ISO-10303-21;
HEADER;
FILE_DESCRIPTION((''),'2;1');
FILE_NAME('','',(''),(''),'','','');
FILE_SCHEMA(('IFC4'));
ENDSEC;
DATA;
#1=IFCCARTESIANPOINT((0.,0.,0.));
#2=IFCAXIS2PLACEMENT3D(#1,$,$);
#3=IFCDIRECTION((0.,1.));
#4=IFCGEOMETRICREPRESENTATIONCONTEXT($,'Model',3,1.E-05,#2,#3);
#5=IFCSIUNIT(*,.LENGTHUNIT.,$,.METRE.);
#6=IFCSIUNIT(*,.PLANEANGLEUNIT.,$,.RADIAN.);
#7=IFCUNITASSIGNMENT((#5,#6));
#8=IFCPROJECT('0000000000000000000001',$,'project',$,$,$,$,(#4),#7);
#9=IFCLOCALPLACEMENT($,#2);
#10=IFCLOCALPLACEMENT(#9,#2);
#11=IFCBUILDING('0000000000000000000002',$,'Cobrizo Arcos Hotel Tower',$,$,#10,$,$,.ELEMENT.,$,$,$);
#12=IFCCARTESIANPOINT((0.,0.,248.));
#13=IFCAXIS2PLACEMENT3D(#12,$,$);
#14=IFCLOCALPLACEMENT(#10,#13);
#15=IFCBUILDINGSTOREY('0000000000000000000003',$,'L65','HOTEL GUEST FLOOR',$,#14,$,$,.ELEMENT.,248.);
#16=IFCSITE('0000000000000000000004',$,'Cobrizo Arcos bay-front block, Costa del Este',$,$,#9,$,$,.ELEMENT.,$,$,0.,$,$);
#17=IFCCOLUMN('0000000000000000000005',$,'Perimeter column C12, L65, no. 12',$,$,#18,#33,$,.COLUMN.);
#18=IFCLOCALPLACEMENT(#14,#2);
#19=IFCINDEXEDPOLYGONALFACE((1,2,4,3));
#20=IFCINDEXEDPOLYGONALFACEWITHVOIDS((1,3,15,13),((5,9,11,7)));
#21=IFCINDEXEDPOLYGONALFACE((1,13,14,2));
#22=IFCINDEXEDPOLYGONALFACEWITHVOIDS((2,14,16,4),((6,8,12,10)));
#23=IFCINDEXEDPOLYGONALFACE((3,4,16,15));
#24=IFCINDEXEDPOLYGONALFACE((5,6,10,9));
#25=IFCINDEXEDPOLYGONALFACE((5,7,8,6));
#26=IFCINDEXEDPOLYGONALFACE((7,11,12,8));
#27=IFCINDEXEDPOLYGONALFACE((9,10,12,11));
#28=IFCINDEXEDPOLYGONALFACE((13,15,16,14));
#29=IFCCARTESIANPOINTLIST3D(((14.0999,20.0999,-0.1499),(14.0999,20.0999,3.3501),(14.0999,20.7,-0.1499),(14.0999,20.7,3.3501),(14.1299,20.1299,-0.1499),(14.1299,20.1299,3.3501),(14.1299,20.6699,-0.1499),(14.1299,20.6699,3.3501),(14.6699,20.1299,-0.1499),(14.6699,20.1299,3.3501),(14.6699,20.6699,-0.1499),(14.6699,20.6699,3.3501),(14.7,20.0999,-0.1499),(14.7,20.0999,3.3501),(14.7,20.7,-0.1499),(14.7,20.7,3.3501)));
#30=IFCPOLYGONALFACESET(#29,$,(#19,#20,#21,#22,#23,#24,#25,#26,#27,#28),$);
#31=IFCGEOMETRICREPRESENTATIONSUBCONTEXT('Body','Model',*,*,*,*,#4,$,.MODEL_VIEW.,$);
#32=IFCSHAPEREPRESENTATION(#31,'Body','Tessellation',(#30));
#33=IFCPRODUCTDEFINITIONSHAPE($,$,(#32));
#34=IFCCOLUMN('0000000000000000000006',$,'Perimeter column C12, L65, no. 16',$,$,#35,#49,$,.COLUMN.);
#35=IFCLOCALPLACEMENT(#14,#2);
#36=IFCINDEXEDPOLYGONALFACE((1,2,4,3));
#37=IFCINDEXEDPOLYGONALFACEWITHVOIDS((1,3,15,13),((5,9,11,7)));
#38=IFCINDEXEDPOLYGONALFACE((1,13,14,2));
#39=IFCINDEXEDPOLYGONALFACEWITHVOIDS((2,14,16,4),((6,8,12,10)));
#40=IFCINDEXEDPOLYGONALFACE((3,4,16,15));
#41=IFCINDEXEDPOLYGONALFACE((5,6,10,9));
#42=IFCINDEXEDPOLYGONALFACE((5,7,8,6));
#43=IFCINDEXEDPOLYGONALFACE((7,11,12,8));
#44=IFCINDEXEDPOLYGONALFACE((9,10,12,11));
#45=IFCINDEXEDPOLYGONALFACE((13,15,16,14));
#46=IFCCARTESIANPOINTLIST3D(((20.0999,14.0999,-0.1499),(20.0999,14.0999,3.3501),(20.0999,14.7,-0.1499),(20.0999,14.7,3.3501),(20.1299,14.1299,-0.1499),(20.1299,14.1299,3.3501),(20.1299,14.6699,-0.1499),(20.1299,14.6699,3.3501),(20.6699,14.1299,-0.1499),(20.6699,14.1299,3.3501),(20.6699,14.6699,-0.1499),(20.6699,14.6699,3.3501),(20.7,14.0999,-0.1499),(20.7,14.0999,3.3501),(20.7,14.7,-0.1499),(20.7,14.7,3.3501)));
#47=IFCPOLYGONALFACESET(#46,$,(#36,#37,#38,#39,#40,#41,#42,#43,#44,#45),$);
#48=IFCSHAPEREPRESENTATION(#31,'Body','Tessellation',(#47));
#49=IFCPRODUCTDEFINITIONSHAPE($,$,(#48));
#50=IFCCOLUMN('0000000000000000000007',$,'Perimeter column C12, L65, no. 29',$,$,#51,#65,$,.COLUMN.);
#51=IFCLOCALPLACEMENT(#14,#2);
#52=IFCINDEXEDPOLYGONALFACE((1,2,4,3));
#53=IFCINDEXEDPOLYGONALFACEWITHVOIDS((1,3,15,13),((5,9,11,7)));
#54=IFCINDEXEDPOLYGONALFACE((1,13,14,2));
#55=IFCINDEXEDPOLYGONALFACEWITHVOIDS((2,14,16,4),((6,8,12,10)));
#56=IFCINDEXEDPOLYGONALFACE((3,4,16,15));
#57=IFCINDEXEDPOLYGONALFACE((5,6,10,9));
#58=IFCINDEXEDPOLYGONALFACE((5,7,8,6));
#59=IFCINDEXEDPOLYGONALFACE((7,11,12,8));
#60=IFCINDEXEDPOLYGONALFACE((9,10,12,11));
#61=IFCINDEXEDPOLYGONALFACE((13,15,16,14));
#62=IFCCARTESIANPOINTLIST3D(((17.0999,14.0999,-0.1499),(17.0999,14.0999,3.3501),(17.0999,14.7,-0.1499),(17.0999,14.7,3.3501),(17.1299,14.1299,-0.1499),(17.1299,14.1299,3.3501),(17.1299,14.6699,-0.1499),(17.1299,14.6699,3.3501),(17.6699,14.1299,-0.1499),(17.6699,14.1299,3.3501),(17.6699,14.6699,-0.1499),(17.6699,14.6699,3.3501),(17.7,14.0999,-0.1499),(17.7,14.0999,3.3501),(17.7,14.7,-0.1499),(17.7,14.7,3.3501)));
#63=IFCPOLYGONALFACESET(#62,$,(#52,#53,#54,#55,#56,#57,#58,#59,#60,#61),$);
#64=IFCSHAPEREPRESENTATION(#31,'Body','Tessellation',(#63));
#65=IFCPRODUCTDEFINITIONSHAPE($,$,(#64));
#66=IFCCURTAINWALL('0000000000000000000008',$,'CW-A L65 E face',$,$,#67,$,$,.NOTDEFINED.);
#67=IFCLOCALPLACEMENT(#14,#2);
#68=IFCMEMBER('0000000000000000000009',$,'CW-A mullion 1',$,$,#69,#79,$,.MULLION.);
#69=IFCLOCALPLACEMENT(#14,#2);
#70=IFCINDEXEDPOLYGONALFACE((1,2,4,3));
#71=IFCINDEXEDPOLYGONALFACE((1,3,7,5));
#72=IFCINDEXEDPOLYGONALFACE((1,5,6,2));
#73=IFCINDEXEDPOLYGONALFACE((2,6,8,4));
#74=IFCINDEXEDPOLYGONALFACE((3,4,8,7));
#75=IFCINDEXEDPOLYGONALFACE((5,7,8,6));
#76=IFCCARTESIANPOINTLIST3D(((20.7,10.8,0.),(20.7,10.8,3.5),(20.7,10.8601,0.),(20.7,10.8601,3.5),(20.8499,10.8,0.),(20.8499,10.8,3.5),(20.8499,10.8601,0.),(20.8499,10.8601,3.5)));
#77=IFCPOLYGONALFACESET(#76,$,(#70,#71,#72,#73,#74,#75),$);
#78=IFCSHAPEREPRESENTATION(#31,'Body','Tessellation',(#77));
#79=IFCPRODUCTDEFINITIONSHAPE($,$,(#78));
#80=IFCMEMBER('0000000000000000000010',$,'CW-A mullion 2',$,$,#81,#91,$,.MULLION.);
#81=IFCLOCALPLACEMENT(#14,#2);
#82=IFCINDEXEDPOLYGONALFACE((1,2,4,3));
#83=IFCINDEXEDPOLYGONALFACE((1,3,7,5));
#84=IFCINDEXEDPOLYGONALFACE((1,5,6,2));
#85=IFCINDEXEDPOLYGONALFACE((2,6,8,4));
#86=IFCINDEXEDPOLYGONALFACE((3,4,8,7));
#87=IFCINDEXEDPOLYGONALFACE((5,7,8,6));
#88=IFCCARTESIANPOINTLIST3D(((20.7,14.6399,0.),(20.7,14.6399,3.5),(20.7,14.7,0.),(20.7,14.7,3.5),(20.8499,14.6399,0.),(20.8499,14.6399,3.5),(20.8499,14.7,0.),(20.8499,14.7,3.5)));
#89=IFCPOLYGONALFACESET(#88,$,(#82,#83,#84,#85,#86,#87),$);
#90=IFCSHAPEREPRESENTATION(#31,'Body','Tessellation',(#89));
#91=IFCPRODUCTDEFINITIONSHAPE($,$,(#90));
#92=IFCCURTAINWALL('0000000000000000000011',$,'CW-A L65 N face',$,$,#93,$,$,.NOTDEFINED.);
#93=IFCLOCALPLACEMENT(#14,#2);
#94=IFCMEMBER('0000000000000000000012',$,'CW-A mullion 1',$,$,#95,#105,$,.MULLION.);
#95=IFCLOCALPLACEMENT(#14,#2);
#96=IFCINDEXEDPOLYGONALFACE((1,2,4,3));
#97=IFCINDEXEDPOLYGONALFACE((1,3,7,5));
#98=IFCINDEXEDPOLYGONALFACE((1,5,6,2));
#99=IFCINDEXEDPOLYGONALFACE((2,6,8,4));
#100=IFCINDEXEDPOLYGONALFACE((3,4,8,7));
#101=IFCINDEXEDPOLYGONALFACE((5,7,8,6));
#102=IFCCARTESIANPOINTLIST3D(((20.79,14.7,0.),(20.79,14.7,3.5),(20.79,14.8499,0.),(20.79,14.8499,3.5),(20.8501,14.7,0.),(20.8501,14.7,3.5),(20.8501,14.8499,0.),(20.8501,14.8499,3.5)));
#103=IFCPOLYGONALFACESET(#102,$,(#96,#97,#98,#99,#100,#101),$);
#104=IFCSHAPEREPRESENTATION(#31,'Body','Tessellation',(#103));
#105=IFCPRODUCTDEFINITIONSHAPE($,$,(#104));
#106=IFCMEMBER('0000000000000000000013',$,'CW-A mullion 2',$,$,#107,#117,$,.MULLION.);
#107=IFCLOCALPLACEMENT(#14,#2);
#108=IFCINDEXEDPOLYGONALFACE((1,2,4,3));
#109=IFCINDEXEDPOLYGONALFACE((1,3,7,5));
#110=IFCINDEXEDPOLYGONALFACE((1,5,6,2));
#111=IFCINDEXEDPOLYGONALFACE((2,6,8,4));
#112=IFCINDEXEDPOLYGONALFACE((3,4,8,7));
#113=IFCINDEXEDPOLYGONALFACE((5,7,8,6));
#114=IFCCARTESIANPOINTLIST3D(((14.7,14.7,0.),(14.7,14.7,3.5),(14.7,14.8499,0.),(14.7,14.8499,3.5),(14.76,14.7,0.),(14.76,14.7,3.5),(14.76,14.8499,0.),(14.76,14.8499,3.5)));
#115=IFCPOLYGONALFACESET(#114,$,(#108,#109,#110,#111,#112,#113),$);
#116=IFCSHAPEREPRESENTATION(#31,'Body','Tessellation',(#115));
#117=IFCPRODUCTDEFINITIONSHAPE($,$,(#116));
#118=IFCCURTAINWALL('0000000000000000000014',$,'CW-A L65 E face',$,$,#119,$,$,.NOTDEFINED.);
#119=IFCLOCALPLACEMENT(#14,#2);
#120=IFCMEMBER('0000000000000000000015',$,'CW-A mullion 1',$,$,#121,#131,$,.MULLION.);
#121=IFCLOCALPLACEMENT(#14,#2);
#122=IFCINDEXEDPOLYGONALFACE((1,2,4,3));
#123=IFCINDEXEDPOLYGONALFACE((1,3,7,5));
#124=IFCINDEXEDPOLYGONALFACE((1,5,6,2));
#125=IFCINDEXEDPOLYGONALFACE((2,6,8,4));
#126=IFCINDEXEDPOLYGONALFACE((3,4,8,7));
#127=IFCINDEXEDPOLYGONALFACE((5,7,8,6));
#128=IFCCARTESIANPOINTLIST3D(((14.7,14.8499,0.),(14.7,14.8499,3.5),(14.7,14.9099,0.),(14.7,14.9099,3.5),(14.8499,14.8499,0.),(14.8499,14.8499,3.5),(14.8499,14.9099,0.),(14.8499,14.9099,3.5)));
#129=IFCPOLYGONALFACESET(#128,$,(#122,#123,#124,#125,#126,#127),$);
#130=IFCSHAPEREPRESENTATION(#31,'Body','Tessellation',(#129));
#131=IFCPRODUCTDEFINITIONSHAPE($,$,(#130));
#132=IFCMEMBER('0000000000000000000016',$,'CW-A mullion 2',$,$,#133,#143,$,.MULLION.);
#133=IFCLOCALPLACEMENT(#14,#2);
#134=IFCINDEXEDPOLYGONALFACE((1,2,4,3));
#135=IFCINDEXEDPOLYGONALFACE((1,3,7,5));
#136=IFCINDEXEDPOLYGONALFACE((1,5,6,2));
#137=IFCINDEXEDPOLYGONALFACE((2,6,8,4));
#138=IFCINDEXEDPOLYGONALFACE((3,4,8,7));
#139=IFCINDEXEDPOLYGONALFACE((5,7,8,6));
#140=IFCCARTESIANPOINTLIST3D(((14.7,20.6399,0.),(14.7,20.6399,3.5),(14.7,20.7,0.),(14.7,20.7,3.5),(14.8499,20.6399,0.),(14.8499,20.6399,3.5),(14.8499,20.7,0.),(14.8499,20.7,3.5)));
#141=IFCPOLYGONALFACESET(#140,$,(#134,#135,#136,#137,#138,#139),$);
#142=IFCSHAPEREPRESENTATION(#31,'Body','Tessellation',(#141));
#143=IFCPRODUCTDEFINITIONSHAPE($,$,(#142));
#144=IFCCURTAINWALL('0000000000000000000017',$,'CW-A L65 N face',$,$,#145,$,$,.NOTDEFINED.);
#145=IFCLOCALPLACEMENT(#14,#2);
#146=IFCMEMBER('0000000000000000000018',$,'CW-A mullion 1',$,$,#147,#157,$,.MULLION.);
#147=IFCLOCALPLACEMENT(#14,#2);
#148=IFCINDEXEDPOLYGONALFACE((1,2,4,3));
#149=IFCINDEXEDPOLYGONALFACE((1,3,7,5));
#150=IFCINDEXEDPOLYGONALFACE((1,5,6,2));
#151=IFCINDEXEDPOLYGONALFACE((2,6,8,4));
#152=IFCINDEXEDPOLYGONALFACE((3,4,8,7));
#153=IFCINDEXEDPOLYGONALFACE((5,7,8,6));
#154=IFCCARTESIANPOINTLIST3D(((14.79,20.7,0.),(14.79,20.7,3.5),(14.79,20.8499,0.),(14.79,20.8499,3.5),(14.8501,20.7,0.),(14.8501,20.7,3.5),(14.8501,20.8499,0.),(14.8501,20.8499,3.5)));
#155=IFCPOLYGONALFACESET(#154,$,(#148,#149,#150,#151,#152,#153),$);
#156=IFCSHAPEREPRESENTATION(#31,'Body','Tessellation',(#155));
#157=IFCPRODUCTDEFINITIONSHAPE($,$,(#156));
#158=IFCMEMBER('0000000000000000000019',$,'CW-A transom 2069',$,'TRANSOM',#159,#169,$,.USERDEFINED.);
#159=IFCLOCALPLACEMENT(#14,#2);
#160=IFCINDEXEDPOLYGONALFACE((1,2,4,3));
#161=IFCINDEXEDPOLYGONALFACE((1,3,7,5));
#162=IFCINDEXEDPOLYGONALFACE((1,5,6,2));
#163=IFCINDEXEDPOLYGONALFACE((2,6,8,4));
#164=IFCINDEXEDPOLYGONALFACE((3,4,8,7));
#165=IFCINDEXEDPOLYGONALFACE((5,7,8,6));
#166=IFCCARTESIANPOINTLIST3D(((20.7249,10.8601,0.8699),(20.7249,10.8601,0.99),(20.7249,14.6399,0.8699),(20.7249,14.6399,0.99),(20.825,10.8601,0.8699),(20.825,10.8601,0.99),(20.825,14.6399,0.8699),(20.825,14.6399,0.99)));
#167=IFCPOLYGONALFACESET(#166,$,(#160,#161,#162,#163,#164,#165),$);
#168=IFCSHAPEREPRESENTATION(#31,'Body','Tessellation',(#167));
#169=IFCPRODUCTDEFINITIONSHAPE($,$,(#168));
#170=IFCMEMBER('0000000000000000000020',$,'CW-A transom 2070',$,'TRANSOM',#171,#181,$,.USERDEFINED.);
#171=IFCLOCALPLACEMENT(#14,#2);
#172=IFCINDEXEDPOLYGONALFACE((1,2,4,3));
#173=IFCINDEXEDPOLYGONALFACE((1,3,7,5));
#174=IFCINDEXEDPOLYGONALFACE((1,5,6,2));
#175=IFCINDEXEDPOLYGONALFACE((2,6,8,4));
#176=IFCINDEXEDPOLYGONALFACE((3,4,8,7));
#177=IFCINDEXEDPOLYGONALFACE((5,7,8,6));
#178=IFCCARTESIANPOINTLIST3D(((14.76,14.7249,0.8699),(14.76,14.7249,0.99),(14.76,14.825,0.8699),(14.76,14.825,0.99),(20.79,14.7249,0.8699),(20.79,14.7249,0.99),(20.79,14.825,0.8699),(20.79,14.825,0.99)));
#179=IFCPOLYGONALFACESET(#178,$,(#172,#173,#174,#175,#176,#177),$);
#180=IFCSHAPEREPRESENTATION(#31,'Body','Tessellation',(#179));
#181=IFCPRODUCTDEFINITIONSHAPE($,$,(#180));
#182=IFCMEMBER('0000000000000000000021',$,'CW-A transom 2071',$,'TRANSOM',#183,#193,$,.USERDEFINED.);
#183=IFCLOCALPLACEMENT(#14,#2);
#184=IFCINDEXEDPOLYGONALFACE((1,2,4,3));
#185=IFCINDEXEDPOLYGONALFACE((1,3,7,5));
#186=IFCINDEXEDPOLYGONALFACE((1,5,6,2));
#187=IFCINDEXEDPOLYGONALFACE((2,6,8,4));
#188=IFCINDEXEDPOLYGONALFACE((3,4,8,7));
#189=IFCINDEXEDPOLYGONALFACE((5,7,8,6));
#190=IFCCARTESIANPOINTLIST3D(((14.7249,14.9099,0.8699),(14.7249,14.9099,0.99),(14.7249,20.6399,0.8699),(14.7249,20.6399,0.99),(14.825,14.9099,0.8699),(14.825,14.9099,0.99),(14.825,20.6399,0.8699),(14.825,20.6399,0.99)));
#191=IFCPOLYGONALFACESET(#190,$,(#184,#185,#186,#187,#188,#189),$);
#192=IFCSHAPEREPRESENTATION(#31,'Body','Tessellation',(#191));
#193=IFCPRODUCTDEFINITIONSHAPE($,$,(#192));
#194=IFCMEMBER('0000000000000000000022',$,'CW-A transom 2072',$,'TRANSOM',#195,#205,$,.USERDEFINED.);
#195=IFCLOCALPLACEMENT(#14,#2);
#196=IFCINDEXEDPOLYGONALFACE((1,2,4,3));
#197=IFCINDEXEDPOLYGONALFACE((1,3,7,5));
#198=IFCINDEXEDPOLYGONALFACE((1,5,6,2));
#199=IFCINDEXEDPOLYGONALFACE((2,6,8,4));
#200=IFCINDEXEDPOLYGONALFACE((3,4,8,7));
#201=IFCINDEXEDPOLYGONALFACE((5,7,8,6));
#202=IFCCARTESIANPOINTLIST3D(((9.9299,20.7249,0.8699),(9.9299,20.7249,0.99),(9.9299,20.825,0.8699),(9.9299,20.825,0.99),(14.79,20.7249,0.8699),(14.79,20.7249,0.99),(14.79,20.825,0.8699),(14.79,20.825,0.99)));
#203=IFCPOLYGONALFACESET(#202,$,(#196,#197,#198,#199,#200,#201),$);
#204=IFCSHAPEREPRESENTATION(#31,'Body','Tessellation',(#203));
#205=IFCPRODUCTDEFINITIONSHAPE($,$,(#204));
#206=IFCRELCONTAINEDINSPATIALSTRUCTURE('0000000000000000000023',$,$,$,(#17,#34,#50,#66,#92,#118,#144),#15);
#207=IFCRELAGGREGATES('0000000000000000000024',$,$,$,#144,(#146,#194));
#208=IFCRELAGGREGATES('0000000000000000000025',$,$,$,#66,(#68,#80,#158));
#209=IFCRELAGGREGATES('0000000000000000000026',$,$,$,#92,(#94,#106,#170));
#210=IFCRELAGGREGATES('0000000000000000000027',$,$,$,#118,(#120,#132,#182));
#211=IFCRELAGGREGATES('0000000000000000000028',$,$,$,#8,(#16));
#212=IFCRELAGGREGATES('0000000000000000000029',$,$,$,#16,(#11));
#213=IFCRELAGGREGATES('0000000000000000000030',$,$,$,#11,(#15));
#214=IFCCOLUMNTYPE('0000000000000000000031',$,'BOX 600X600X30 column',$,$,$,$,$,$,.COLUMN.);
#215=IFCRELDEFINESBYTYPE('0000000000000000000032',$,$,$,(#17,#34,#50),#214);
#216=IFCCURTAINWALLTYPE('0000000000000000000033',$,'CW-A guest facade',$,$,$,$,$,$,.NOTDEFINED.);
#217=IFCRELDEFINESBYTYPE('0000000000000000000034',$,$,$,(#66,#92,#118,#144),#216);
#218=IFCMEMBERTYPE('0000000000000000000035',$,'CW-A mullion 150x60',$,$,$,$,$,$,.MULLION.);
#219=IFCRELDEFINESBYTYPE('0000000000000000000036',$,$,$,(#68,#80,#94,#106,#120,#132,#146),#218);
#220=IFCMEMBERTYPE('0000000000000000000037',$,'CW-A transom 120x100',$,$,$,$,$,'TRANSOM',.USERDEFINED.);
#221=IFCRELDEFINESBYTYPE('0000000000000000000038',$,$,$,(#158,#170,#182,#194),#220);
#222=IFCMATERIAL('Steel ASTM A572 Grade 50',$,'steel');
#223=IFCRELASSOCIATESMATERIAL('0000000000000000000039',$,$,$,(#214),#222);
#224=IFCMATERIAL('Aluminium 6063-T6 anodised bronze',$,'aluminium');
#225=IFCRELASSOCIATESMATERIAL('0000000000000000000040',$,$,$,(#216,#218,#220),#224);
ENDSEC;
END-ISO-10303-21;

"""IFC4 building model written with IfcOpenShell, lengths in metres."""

from ifc_helpers import new_model, si_unit, direction, frame, origin, origin_2d, place, context, subcontext, project, spatial, rectangle, hollow_rectangle, extrude, material, material_profile, profile_set, type_object, element, aggregate, save


model = new_model("IFC4")

# Units and contexts
model_context = context("Model", 3, precision=1e-05, world=origin(), true_north=direction((0.0, 1.0)))
body_context = subcontext(model_context, "Body", "Model", "MODEL_VIEW")
ifc_project = project(units=[si_unit("LENGTHUNIT", "METRE"), si_unit("PLANEANGLEUNIT", "RADIAN")], contexts=[model_context])

# Site, building, storey
site_placement = place(None, origin())
site = spatial("IfcSite", under=ifc_project, at=site_placement, Name="Cobrizo Arcos bay-front block, Costa del Este", CompositionType="ELEMENT", RefElevation=0.0)
building_placement = place(site_placement, origin())
building = spatial("IfcBuilding", under=site, at=building_placement, Name="Cobrizo Arcos Hotel Tower", CompositionType="ELEMENT")
storey_placement = place(building_placement, frame((0.0, 0.0, 248.0)))
storey = spatial("IfcBuildingStorey", under=building, at=storey_placement, Name="L65", Description="HOTEL GUEST FLOOR", CompositionType="ELEMENT", Elevation=248.0)

# Columns
ifc_material_1 = material(Name="Steel ASTM A572 Grade 50", Category="steel")
ifc_material_profile_1 = material_profile(ifc_material_1, hollow_rectangle(XDim=0.6001, YDim=0.6001, WallThickness=0.03, at=origin_2d()), Name="BOX 600X600X30")
ifc_profile_set_1 = profile_set([ifc_material_profile_1], Name="Steel ASTM A572 Grade 50")
column_type = type_object("IfcColumnType", Name="BOX 600X600X30 column", PredefinedType="COLUMN", material=ifc_profile_set_1)
for number, where, z_axis, x_axis, name in (
    (1, (14.3999, 20.3999, -0.1499), (0.0, 0.0, 1.0), (1.0, 0.0, 0.0), "Perimeter column C12, L65, no. 12"),
    (2, (20.3999, 14.3999, -0.1499), (0.0, 0.0, 1.0), (1.0, 0.0, 0.0), "Perimeter column C12, L65, no. 16"),
    (3, (17.3999, 14.3999, -0.1499), (0.0, 0.0, 1.0), (1.0, 0.0, 0.0), "Perimeter column C12, L65, no. 29"),
):
    element("IfcColumn", number, at=place(storey_placement, frame(where, z_axis=z_axis, x_axis=x_axis)), inside=storey, type_object=column_type, Name=name, PredefinedType="COLUMN", context=body_context, shape_type="SweptSolid", body=[
        extrude(hollow_rectangle(XDim=0.6001, YDim=0.6001, WallThickness=0.03, at=origin_2d()), origin(), (0.0, 0.0, 1.0), 3.5),
    ])

# Curtain walls, members
ifc_material_2 = material(Name="Aluminium 6063-T6 anodised bronze", Category="aluminium")
curtain_wall_type = type_object("IfcCurtainWallType", Name="CW-A guest facade", PredefinedType="NOTDEFINED", material=ifc_material_2)
curtain_wall_1_placement = place(storey_placement, origin())
curtain_wall_1 = element("IfcCurtainWall", 4, at=curtain_wall_1_placement, inside=storey, type_object=curtain_wall_type, Name="CW-A L65 E face", PredefinedType="NOTDEFINED")
ifc_material_profile_2 = material_profile(ifc_material_2, rectangle(XDim=0.1499, YDim=0.0601, at=origin_2d()), Name="CW-A mullion 150x60")
ifc_profile_set_2 = profile_set([ifc_material_profile_2], Name="Aluminium 6063-T6 anodised bronze")
member_type_1 = type_object("IfcMemberType", Name="CW-A mullion 150x60", PredefinedType="MULLION", material=ifc_profile_set_2)
member_1_placement = place(storey_placement, frame((20.7749, 10.8301, 0.0), z_axis=(0.0, 0.0, 1.0), x_axis=(1.0, 0.0, 0.0)))
member_1 = element("IfcMember", 5, at=member_1_placement, type_object=member_type_1, Name="CW-A mullion 1", PredefinedType="MULLION", context=body_context, shape_type="SweptSolid", body=[
    extrude(rectangle(XDim=0.1499, YDim=0.0601, at=origin_2d()), origin(), (0.0, 0.0, 1.0), 3.5),
])
member_2_placement = place(storey_placement, frame((20.7749, 14.6699, 0.0), z_axis=(0.0, 0.0, 1.0), x_axis=(1.0, 0.0, 0.0)))
member_2 = element("IfcMember", 6, at=member_2_placement, type_object=member_type_1, Name="CW-A mullion 2", PredefinedType="MULLION", context=body_context, shape_type="SweptSolid", body=[
    extrude(rectangle(XDim=0.1499, YDim=0.0601, at=origin_2d()), origin(), (0.0, 0.0, 1.0), 3.5),
])
curtain_wall_2_placement = place(storey_placement, origin())
curtain_wall_2 = element("IfcCurtainWall", 7, at=curtain_wall_2_placement, inside=storey, type_object=curtain_wall_type, Name="CW-A L65 N face", PredefinedType="NOTDEFINED")
member_3_placement = place(storey_placement, frame((20.8201, 14.7749, 0.0), z_axis=(0.0, 0.0, 1.0), x_axis=(0.0, 1.0, 0.0)))
member_3 = element("IfcMember", 8, at=member_3_placement, type_object=member_type_1, Name="CW-A mullion 1", PredefinedType="MULLION", context=body_context, shape_type="SweptSolid", body=[
    extrude(rectangle(XDim=0.1499, YDim=0.0601, at=origin_2d()), origin(), (0.0, 0.0, 1.0), 3.5),
])
member_4_placement = place(storey_placement, frame((14.73, 14.7749, 0.0), z_axis=(0.0, 0.0, 1.0), x_axis=(0.0, 1.0, 0.0)))
member_4 = element("IfcMember", 9, at=member_4_placement, type_object=member_type_1, Name="CW-A mullion 2", PredefinedType="MULLION", context=body_context, shape_type="SweptSolid", body=[
    extrude(rectangle(XDim=0.1499, YDim=0.0601, at=origin_2d()), origin(), (0.0, 0.0, 1.0), 3.5),
])
curtain_wall_3_placement = place(storey_placement, origin())
curtain_wall_3 = element("IfcCurtainWall", 10, at=curtain_wall_3_placement, inside=storey, type_object=curtain_wall_type, Name="CW-A L65 E face", PredefinedType="NOTDEFINED")
member_5_placement = place(storey_placement, frame((14.7749, 14.8799, 0.0), z_axis=(0.0, 0.0, 1.0), x_axis=(1.0, 0.0, 0.0)))
member_5 = element("IfcMember", 11, at=member_5_placement, type_object=member_type_1, Name="CW-A mullion 1", PredefinedType="MULLION", context=body_context, shape_type="SweptSolid", body=[
    extrude(rectangle(XDim=0.1499, YDim=0.0601, at=origin_2d()), origin(), (0.0, 0.0, 1.0), 3.5),
])
member_6_placement = place(storey_placement, frame((14.7749, 20.6699, 0.0), z_axis=(0.0, 0.0, 1.0), x_axis=(1.0, 0.0, 0.0)))
member_6 = element("IfcMember", 12, at=member_6_placement, type_object=member_type_1, Name="CW-A mullion 2", PredefinedType="MULLION", context=body_context, shape_type="SweptSolid", body=[
    extrude(rectangle(XDim=0.1499, YDim=0.0601, at=origin_2d()), origin(), (0.0, 0.0, 1.0), 3.5),
])

# Curtain wall, member
curtain_wall_4_placement = place(storey_placement, origin())
curtain_wall_4 = element("IfcCurtainWall", 13, at=curtain_wall_4_placement, inside=storey, type_object=curtain_wall_type, Name="CW-A L65 N face", PredefinedType="NOTDEFINED")
member_7_placement = place(storey_placement, frame((14.8201, 20.7749, 0.0), z_axis=(0.0, 0.0, 1.0), x_axis=(0.0, 1.0, 0.0)))
member_7 = element("IfcMember", 14, at=member_7_placement, type_object=member_type_1, Name="CW-A mullion 1", PredefinedType="MULLION", context=body_context, shape_type="SweptSolid", body=[
    extrude(rectangle(XDim=0.1499, YDim=0.0601, at=origin_2d()), origin(), (0.0, 0.0, 1.0), 3.5),
])

# Members
ifc_material_profile_3 = material_profile(ifc_material_2, rectangle(XDim=0.1001, YDim=0.1201, at=origin_2d()), Name="CW-A transom 120x100")
ifc_profile_set_3 = profile_set([ifc_material_profile_3], Name="Aluminium 6063-T6 anodised bronze")
member_type_2 = type_object("IfcMemberType", Name="CW-A transom 120x100", ElementType="TRANSOM", PredefinedType="USERDEFINED", material=ifc_profile_set_3)
member_8_placement = place(storey_placement, frame((20.7749, 10.8601, 0.9299), z_axis=(0.0, 1.0, 0.0), x_axis=(-1.0, 0.0, 0.0)))
member_8 = element("IfcMember", 15, at=member_8_placement, type_object=member_type_2, Name="CW-A transom 2069", ObjectType="TRANSOM", PredefinedType="USERDEFINED", context=body_context, shape_type="SweptSolid", body=[
    extrude(rectangle(XDim=0.1001, YDim=0.1201, at=origin_2d()), origin(), (0.0, 0.0, 1.0), 3.7798),
])
member_9_placement = place(storey_placement, frame((20.79, 14.7749, 0.9299), z_axis=(-1.0, 0.0, 0.0), x_axis=(0.0, -1.0, 0.0)))
member_9 = element("IfcMember", 16, at=member_9_placement, type_object=member_type_2, Name="CW-A transom 2070", ObjectType="TRANSOM", PredefinedType="USERDEFINED", context=body_context, shape_type="SweptSolid", body=[
    extrude(rectangle(XDim=0.1001, YDim=0.1201, at=origin_2d()), origin(), (0.0, 0.0, 1.0), 6.03),
])
member_10_placement = place(storey_placement, frame((14.7749, 14.9099, 0.9299), z_axis=(0.0, 1.0, 0.0), x_axis=(-1.0, 0.0, 0.0)))
member_10 = element("IfcMember", 17, at=member_10_placement, type_object=member_type_2, Name="CW-A transom 2071", ObjectType="TRANSOM", PredefinedType="USERDEFINED", context=body_context, shape_type="SweptSolid", body=[
    extrude(rectangle(XDim=0.1001, YDim=0.1201, at=origin_2d()), origin(), (0.0, 0.0, 1.0), 5.73),
])
member_11_placement = place(storey_placement, frame((14.79, 20.7749, 0.9299), z_axis=(-1.0, 0.0, 0.0), x_axis=(0.0, -1.0, 0.0)))
member_11 = element("IfcMember", 18, at=member_11_placement, type_object=member_type_2, Name="CW-A transom 2072", ObjectType="TRANSOM", PredefinedType="USERDEFINED", context=body_context, shape_type="SweptSolid", body=[
    extrude(rectangle(XDim=0.1001, YDim=0.1201, at=origin_2d()), origin(), (0.0, 0.0, 1.0), 4.8601),
])
aggregate(curtain_wall_4, [member_7, member_11])

aggregate(curtain_wall_1, [member_1, member_2, member_8])
aggregate(curtain_wall_2, [member_3, member_4, member_9])
aggregate(curtain_wall_3, [member_5, member_6, member_10])

save(model, "model.ifc")
